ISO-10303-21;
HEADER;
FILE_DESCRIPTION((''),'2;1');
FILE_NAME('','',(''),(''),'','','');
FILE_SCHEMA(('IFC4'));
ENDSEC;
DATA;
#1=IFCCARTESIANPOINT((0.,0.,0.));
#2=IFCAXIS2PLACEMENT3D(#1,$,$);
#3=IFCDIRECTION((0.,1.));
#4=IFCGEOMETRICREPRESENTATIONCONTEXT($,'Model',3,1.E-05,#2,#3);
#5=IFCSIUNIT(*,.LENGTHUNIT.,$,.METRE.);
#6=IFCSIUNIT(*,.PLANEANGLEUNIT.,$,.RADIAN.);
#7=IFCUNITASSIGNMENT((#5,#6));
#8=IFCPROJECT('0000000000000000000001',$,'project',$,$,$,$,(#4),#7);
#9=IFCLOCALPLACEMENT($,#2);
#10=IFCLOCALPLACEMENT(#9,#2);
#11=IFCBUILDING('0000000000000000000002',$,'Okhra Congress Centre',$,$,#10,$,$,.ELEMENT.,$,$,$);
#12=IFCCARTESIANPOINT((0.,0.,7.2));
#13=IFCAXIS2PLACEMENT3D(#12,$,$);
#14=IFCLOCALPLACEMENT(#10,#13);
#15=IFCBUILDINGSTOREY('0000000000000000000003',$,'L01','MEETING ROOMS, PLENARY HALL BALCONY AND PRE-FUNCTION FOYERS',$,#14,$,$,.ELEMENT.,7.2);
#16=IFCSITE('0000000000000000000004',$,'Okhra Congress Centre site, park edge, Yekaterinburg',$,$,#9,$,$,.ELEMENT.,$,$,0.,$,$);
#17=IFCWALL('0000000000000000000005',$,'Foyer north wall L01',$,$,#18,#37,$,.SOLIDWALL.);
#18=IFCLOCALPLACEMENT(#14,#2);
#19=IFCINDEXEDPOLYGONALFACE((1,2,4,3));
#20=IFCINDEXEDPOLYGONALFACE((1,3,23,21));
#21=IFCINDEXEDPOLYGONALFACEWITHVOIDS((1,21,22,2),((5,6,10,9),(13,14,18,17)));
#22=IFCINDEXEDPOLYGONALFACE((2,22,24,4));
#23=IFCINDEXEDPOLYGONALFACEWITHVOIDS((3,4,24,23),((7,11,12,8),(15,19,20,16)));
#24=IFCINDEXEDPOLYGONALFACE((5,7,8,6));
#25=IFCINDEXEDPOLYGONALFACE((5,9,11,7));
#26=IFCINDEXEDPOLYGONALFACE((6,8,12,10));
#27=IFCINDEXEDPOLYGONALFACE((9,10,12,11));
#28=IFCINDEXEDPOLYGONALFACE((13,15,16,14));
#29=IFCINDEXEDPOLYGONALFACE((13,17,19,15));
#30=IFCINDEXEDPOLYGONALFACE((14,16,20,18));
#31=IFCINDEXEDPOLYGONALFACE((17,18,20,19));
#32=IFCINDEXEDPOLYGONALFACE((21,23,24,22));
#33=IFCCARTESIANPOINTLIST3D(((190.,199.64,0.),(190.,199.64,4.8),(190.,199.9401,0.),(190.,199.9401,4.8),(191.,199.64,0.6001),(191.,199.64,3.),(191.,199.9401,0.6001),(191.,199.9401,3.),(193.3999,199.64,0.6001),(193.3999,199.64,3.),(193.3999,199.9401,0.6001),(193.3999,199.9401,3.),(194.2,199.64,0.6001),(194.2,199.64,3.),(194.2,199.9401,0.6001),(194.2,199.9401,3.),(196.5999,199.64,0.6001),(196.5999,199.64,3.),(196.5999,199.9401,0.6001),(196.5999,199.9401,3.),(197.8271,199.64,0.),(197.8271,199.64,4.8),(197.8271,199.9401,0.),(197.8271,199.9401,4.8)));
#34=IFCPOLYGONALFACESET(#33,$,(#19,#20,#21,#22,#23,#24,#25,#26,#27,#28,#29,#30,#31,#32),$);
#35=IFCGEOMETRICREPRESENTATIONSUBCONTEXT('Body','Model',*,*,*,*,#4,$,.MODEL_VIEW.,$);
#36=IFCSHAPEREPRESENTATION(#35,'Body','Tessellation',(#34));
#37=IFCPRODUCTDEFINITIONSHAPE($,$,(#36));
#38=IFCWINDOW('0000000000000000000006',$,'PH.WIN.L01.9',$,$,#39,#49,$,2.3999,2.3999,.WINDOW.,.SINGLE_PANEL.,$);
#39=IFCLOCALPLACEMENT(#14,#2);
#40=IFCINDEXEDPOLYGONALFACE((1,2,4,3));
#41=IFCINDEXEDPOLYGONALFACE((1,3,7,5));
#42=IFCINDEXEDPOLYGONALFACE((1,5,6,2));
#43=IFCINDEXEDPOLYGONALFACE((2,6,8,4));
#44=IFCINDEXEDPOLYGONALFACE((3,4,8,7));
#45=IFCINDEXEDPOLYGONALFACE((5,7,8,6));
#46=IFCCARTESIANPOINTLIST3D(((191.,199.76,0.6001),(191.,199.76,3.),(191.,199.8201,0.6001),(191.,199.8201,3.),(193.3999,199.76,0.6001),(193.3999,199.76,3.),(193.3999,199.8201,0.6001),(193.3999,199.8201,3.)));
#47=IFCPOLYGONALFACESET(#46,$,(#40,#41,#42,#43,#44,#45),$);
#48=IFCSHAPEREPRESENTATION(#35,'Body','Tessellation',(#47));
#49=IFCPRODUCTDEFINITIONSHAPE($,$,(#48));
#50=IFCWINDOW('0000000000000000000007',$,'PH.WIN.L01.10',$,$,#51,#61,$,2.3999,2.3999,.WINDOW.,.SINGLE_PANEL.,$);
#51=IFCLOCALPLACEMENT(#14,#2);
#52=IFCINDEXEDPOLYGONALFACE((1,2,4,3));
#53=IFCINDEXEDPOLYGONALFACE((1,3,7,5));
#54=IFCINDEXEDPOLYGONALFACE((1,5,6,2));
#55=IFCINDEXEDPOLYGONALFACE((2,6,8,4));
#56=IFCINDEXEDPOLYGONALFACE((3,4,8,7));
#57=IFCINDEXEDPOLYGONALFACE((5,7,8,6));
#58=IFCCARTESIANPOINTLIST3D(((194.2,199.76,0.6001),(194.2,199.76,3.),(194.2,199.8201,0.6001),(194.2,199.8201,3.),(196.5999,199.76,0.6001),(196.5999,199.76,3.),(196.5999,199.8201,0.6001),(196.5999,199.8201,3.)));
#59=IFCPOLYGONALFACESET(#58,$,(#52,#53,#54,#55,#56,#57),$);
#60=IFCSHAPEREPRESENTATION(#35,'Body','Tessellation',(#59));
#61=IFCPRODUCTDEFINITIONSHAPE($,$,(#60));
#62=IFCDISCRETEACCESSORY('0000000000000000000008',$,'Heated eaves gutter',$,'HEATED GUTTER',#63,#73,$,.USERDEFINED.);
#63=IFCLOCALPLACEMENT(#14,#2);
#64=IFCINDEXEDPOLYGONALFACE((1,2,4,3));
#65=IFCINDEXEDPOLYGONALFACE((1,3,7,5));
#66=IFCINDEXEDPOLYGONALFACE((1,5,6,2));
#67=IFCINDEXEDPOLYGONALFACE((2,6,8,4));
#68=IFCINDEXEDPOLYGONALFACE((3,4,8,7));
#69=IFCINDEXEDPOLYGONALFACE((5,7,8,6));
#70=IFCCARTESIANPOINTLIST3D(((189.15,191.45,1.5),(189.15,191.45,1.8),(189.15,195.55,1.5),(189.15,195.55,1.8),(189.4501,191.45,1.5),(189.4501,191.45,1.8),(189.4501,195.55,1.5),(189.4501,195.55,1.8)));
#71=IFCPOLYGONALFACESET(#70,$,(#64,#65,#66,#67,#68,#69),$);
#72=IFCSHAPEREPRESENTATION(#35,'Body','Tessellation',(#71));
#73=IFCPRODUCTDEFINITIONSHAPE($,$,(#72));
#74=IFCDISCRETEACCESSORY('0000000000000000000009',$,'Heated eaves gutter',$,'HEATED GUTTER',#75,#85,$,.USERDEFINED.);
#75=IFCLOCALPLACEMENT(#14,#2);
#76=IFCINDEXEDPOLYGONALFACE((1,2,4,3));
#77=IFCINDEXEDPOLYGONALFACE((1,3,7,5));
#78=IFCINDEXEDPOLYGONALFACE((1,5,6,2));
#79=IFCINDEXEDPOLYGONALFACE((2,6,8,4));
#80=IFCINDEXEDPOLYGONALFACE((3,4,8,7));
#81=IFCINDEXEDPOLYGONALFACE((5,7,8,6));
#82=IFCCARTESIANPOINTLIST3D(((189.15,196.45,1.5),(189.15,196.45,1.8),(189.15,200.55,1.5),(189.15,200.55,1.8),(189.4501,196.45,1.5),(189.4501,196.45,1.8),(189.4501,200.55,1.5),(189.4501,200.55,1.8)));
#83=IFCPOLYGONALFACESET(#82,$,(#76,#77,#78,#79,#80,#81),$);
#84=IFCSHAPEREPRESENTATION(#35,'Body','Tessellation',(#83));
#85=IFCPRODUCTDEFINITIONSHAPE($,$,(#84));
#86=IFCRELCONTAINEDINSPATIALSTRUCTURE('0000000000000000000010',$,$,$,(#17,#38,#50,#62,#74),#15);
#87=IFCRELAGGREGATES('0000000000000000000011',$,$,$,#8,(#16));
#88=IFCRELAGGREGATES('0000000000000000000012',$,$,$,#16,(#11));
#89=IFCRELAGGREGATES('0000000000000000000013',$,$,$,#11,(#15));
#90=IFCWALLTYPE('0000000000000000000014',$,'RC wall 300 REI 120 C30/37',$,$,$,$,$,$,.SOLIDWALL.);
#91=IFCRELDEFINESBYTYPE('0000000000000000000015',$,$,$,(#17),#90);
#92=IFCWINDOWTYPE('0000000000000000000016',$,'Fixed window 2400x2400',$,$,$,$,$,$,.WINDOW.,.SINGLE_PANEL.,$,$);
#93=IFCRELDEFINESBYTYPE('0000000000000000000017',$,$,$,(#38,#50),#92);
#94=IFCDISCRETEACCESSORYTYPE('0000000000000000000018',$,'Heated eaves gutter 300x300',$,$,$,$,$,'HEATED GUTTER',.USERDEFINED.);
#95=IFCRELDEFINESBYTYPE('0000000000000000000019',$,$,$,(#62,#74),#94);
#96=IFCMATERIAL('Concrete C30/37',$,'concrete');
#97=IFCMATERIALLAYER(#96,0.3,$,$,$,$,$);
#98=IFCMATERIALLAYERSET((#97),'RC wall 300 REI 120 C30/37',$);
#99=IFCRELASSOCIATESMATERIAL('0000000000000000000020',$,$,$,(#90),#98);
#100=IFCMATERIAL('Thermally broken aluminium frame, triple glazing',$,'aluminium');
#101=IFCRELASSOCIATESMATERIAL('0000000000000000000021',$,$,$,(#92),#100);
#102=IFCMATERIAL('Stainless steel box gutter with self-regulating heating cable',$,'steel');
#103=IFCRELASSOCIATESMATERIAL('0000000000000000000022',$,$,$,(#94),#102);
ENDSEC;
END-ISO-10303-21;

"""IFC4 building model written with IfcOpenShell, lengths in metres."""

from ifc_helpers import new_model, si_unit, direction, frame, frame_2d, origin, origin_2d, place, context, subcontext, project, spatial, rectangle, extrude, material, layer, layer_set, type_object, element, fill, save


model = new_model("IFC4")

# Units and contexts
model_context = context("Model", 3, precision=1e-05, world=origin(), true_north=direction((0.0, 1.0)))
body_context = subcontext(model_context, "Body", "Model", "MODEL_VIEW")
ifc_project = project(units=[si_unit("LENGTHUNIT", "METRE"), si_unit("PLANEANGLEUNIT", "RADIAN")], contexts=[model_context])

# Site, building, storey
site_placement = place(None, origin())
site = spatial("IfcSite", under=ifc_project, at=site_placement, Name="Okhra Congress Centre site, park edge, Yekaterinburg", CompositionType="ELEMENT", RefElevation=0.0)
building_placement = place(site_placement, origin())
building = spatial("IfcBuilding", under=site, at=building_placement, Name="Okhra Congress Centre", CompositionType="ELEMENT")
storey_placement = place(building_placement, frame((0.0, 0.0, 7.2)))
storey = spatial("IfcBuildingStorey", under=building, at=storey_placement, Name="L01", Description="MEETING ROOMS, PLENARY HALL BALCONY AND PRE-FUNCTION FOYERS", CompositionType="ELEMENT", Elevation=7.2)

# Wall, openings, windows
ifc_material_1 = material(Name="Concrete C30/37", Category="concrete")
ifc_layer_1 = layer(ifc_material_1, 0.3)
ifc_layer_set_1 = layer_set([ifc_layer_1], Name="RC wall 300 REI 120 C30/37")
wall_type = type_object("IfcWallType", Name="RC wall 300 REI 120 C30/37", PredefinedType="SOLIDWALL", material=ifc_layer_set_1)
wall_placement = place(storey_placement, frame((190.0, 199.79, 0.0), z_axis=(0.0, 0.0, 1.0), x_axis=(1.0, 0.0, 0.0)))
wall = element("IfcWall", 1, at=wall_placement, inside=storey, type_object=wall_type, Name="Foyer north wall L01", PredefinedType="SOLIDWALL", context=body_context, shape_type="SweptSolid", body=[
    extrude(rectangle(XDim=7.8271, YDim=0.3, at=frame_2d((3.9136, 0.0))), origin(), (0.0, 0.0, 1.0), 4.8),
])
opening_1_placement = place(wall_placement, frame((1.0, 0.0, 0.6001)))
opening_1 = element("IfcOpeningElement", 2, at=opening_1_placement, cuts=wall, PredefinedType="OPENING", context=body_context, shape_type="SweptSolid", body=[
    extrude(rectangle(XDim=2.3999, YDim=2.3999, at=frame_2d((1.2, 1.2))), frame((0.0, 0.1599, 0.0), z_axis=(0.0, -1.0, 0.0), x_axis=(1.0, 0.0, 0.0)), (0.0, 0.0, 1.0), 0.3201),
])
opening_2_placement = place(wall_placement, frame((4.2, 0.0, 0.6001)))
opening_2 = element("IfcOpeningElement", 3, at=opening_2_placement, cuts=wall, PredefinedType="OPENING", context=body_context, shape_type="SweptSolid", body=[
    extrude(rectangle(XDim=2.3999, YDim=2.3999, at=frame_2d((1.2, 1.2))), frame((0.0, 0.1599, 0.0), z_axis=(0.0, -1.0, 0.0), x_axis=(1.0, 0.0, 0.0)), (0.0, 0.0, 1.0), 0.3201),
])
ifc_material_2 = material(Name="Thermally broken aluminium frame, triple glazing", Category="aluminium")
window_type = type_object("IfcWindowType", Name="Fixed window 2400x2400", PartitioningType="SINGLE_PANEL", PredefinedType="WINDOW", material=ifc_material_2)
window_1_placement = place(opening_1_placement, origin())
window_1 = element("IfcWindow", 4, at=window_1_placement, inside=storey, type_object=window_type, Name="PH.WIN.L01.9", OverallHeight=2.3999, OverallWidth=2.3999, PartitioningType="SINGLE_PANEL", PredefinedType="WINDOW", context=body_context, shape_type="SweptSolid", body=[
    extrude(rectangle(XDim=2.3999, YDim=2.3999, at=frame_2d((1.2, 1.2))), frame((0.0, 0.03, 0.0), z_axis=(0.0, -1.0, 0.0), x_axis=(1.0, 0.0, 0.0)), (0.0, 0.0, 1.0), 0.0601),
])
fill(opening_1, window_1)
window_2_placement = place(opening_2_placement, origin())
window_2 = element("IfcWindow", 5, at=window_2_placement, inside=storey, type_object=window_type, Name="PH.WIN.L01.10", OverallHeight=2.3999, OverallWidth=2.3999, PartitioningType="SINGLE_PANEL", PredefinedType="WINDOW", context=body_context, shape_type="SweptSolid", body=[
    extrude(rectangle(XDim=2.3999, YDim=2.3999, at=frame_2d((1.2, 1.2))), frame((0.0, 0.03, 0.0), z_axis=(0.0, -1.0, 0.0), x_axis=(1.0, 0.0, 0.0)), (0.0, 0.0, 1.0), 0.0601),
])
fill(opening_2, window_2)

# Discrete accessories
ifc_material_3 = material(Name="Stainless steel box gutter with self-regulating heating cable", Category="steel")
discrete_accessory_type = type_object("IfcDiscreteAccessoryType", Name="Heated eaves gutter 300x300", ElementType="HEATED GUTTER", PredefinedType="USERDEFINED", material=ifc_material_3)
for number, where, z_axis, x_axis, name in (
    (6, (189.3, 193.5, 1.5), (0.0, 0.0, 1.0), (1.0, 0.0, 0.0), "Heated eaves gutter"),
    (7, (189.3, 198.5, 1.5), (0.0, 0.0, 1.0), (1.0, 0.0, 0.0), "Heated eaves gutter"),
):
    element("IfcDiscreteAccessory", number, at=place(storey_placement, frame(where, z_axis=z_axis, x_axis=x_axis)), inside=storey, type_object=discrete_accessory_type, Name=name, ObjectType="HEATED GUTTER", PredefinedType="USERDEFINED", context=body_context, shape_type="SweptSolid", body=[
        extrude(rectangle(XDim=0.3, YDim=4.1001, at=origin_2d()), origin(), (0.0, 0.0, 1.0), 0.3),
    ])

save(model, "model.ifc")
